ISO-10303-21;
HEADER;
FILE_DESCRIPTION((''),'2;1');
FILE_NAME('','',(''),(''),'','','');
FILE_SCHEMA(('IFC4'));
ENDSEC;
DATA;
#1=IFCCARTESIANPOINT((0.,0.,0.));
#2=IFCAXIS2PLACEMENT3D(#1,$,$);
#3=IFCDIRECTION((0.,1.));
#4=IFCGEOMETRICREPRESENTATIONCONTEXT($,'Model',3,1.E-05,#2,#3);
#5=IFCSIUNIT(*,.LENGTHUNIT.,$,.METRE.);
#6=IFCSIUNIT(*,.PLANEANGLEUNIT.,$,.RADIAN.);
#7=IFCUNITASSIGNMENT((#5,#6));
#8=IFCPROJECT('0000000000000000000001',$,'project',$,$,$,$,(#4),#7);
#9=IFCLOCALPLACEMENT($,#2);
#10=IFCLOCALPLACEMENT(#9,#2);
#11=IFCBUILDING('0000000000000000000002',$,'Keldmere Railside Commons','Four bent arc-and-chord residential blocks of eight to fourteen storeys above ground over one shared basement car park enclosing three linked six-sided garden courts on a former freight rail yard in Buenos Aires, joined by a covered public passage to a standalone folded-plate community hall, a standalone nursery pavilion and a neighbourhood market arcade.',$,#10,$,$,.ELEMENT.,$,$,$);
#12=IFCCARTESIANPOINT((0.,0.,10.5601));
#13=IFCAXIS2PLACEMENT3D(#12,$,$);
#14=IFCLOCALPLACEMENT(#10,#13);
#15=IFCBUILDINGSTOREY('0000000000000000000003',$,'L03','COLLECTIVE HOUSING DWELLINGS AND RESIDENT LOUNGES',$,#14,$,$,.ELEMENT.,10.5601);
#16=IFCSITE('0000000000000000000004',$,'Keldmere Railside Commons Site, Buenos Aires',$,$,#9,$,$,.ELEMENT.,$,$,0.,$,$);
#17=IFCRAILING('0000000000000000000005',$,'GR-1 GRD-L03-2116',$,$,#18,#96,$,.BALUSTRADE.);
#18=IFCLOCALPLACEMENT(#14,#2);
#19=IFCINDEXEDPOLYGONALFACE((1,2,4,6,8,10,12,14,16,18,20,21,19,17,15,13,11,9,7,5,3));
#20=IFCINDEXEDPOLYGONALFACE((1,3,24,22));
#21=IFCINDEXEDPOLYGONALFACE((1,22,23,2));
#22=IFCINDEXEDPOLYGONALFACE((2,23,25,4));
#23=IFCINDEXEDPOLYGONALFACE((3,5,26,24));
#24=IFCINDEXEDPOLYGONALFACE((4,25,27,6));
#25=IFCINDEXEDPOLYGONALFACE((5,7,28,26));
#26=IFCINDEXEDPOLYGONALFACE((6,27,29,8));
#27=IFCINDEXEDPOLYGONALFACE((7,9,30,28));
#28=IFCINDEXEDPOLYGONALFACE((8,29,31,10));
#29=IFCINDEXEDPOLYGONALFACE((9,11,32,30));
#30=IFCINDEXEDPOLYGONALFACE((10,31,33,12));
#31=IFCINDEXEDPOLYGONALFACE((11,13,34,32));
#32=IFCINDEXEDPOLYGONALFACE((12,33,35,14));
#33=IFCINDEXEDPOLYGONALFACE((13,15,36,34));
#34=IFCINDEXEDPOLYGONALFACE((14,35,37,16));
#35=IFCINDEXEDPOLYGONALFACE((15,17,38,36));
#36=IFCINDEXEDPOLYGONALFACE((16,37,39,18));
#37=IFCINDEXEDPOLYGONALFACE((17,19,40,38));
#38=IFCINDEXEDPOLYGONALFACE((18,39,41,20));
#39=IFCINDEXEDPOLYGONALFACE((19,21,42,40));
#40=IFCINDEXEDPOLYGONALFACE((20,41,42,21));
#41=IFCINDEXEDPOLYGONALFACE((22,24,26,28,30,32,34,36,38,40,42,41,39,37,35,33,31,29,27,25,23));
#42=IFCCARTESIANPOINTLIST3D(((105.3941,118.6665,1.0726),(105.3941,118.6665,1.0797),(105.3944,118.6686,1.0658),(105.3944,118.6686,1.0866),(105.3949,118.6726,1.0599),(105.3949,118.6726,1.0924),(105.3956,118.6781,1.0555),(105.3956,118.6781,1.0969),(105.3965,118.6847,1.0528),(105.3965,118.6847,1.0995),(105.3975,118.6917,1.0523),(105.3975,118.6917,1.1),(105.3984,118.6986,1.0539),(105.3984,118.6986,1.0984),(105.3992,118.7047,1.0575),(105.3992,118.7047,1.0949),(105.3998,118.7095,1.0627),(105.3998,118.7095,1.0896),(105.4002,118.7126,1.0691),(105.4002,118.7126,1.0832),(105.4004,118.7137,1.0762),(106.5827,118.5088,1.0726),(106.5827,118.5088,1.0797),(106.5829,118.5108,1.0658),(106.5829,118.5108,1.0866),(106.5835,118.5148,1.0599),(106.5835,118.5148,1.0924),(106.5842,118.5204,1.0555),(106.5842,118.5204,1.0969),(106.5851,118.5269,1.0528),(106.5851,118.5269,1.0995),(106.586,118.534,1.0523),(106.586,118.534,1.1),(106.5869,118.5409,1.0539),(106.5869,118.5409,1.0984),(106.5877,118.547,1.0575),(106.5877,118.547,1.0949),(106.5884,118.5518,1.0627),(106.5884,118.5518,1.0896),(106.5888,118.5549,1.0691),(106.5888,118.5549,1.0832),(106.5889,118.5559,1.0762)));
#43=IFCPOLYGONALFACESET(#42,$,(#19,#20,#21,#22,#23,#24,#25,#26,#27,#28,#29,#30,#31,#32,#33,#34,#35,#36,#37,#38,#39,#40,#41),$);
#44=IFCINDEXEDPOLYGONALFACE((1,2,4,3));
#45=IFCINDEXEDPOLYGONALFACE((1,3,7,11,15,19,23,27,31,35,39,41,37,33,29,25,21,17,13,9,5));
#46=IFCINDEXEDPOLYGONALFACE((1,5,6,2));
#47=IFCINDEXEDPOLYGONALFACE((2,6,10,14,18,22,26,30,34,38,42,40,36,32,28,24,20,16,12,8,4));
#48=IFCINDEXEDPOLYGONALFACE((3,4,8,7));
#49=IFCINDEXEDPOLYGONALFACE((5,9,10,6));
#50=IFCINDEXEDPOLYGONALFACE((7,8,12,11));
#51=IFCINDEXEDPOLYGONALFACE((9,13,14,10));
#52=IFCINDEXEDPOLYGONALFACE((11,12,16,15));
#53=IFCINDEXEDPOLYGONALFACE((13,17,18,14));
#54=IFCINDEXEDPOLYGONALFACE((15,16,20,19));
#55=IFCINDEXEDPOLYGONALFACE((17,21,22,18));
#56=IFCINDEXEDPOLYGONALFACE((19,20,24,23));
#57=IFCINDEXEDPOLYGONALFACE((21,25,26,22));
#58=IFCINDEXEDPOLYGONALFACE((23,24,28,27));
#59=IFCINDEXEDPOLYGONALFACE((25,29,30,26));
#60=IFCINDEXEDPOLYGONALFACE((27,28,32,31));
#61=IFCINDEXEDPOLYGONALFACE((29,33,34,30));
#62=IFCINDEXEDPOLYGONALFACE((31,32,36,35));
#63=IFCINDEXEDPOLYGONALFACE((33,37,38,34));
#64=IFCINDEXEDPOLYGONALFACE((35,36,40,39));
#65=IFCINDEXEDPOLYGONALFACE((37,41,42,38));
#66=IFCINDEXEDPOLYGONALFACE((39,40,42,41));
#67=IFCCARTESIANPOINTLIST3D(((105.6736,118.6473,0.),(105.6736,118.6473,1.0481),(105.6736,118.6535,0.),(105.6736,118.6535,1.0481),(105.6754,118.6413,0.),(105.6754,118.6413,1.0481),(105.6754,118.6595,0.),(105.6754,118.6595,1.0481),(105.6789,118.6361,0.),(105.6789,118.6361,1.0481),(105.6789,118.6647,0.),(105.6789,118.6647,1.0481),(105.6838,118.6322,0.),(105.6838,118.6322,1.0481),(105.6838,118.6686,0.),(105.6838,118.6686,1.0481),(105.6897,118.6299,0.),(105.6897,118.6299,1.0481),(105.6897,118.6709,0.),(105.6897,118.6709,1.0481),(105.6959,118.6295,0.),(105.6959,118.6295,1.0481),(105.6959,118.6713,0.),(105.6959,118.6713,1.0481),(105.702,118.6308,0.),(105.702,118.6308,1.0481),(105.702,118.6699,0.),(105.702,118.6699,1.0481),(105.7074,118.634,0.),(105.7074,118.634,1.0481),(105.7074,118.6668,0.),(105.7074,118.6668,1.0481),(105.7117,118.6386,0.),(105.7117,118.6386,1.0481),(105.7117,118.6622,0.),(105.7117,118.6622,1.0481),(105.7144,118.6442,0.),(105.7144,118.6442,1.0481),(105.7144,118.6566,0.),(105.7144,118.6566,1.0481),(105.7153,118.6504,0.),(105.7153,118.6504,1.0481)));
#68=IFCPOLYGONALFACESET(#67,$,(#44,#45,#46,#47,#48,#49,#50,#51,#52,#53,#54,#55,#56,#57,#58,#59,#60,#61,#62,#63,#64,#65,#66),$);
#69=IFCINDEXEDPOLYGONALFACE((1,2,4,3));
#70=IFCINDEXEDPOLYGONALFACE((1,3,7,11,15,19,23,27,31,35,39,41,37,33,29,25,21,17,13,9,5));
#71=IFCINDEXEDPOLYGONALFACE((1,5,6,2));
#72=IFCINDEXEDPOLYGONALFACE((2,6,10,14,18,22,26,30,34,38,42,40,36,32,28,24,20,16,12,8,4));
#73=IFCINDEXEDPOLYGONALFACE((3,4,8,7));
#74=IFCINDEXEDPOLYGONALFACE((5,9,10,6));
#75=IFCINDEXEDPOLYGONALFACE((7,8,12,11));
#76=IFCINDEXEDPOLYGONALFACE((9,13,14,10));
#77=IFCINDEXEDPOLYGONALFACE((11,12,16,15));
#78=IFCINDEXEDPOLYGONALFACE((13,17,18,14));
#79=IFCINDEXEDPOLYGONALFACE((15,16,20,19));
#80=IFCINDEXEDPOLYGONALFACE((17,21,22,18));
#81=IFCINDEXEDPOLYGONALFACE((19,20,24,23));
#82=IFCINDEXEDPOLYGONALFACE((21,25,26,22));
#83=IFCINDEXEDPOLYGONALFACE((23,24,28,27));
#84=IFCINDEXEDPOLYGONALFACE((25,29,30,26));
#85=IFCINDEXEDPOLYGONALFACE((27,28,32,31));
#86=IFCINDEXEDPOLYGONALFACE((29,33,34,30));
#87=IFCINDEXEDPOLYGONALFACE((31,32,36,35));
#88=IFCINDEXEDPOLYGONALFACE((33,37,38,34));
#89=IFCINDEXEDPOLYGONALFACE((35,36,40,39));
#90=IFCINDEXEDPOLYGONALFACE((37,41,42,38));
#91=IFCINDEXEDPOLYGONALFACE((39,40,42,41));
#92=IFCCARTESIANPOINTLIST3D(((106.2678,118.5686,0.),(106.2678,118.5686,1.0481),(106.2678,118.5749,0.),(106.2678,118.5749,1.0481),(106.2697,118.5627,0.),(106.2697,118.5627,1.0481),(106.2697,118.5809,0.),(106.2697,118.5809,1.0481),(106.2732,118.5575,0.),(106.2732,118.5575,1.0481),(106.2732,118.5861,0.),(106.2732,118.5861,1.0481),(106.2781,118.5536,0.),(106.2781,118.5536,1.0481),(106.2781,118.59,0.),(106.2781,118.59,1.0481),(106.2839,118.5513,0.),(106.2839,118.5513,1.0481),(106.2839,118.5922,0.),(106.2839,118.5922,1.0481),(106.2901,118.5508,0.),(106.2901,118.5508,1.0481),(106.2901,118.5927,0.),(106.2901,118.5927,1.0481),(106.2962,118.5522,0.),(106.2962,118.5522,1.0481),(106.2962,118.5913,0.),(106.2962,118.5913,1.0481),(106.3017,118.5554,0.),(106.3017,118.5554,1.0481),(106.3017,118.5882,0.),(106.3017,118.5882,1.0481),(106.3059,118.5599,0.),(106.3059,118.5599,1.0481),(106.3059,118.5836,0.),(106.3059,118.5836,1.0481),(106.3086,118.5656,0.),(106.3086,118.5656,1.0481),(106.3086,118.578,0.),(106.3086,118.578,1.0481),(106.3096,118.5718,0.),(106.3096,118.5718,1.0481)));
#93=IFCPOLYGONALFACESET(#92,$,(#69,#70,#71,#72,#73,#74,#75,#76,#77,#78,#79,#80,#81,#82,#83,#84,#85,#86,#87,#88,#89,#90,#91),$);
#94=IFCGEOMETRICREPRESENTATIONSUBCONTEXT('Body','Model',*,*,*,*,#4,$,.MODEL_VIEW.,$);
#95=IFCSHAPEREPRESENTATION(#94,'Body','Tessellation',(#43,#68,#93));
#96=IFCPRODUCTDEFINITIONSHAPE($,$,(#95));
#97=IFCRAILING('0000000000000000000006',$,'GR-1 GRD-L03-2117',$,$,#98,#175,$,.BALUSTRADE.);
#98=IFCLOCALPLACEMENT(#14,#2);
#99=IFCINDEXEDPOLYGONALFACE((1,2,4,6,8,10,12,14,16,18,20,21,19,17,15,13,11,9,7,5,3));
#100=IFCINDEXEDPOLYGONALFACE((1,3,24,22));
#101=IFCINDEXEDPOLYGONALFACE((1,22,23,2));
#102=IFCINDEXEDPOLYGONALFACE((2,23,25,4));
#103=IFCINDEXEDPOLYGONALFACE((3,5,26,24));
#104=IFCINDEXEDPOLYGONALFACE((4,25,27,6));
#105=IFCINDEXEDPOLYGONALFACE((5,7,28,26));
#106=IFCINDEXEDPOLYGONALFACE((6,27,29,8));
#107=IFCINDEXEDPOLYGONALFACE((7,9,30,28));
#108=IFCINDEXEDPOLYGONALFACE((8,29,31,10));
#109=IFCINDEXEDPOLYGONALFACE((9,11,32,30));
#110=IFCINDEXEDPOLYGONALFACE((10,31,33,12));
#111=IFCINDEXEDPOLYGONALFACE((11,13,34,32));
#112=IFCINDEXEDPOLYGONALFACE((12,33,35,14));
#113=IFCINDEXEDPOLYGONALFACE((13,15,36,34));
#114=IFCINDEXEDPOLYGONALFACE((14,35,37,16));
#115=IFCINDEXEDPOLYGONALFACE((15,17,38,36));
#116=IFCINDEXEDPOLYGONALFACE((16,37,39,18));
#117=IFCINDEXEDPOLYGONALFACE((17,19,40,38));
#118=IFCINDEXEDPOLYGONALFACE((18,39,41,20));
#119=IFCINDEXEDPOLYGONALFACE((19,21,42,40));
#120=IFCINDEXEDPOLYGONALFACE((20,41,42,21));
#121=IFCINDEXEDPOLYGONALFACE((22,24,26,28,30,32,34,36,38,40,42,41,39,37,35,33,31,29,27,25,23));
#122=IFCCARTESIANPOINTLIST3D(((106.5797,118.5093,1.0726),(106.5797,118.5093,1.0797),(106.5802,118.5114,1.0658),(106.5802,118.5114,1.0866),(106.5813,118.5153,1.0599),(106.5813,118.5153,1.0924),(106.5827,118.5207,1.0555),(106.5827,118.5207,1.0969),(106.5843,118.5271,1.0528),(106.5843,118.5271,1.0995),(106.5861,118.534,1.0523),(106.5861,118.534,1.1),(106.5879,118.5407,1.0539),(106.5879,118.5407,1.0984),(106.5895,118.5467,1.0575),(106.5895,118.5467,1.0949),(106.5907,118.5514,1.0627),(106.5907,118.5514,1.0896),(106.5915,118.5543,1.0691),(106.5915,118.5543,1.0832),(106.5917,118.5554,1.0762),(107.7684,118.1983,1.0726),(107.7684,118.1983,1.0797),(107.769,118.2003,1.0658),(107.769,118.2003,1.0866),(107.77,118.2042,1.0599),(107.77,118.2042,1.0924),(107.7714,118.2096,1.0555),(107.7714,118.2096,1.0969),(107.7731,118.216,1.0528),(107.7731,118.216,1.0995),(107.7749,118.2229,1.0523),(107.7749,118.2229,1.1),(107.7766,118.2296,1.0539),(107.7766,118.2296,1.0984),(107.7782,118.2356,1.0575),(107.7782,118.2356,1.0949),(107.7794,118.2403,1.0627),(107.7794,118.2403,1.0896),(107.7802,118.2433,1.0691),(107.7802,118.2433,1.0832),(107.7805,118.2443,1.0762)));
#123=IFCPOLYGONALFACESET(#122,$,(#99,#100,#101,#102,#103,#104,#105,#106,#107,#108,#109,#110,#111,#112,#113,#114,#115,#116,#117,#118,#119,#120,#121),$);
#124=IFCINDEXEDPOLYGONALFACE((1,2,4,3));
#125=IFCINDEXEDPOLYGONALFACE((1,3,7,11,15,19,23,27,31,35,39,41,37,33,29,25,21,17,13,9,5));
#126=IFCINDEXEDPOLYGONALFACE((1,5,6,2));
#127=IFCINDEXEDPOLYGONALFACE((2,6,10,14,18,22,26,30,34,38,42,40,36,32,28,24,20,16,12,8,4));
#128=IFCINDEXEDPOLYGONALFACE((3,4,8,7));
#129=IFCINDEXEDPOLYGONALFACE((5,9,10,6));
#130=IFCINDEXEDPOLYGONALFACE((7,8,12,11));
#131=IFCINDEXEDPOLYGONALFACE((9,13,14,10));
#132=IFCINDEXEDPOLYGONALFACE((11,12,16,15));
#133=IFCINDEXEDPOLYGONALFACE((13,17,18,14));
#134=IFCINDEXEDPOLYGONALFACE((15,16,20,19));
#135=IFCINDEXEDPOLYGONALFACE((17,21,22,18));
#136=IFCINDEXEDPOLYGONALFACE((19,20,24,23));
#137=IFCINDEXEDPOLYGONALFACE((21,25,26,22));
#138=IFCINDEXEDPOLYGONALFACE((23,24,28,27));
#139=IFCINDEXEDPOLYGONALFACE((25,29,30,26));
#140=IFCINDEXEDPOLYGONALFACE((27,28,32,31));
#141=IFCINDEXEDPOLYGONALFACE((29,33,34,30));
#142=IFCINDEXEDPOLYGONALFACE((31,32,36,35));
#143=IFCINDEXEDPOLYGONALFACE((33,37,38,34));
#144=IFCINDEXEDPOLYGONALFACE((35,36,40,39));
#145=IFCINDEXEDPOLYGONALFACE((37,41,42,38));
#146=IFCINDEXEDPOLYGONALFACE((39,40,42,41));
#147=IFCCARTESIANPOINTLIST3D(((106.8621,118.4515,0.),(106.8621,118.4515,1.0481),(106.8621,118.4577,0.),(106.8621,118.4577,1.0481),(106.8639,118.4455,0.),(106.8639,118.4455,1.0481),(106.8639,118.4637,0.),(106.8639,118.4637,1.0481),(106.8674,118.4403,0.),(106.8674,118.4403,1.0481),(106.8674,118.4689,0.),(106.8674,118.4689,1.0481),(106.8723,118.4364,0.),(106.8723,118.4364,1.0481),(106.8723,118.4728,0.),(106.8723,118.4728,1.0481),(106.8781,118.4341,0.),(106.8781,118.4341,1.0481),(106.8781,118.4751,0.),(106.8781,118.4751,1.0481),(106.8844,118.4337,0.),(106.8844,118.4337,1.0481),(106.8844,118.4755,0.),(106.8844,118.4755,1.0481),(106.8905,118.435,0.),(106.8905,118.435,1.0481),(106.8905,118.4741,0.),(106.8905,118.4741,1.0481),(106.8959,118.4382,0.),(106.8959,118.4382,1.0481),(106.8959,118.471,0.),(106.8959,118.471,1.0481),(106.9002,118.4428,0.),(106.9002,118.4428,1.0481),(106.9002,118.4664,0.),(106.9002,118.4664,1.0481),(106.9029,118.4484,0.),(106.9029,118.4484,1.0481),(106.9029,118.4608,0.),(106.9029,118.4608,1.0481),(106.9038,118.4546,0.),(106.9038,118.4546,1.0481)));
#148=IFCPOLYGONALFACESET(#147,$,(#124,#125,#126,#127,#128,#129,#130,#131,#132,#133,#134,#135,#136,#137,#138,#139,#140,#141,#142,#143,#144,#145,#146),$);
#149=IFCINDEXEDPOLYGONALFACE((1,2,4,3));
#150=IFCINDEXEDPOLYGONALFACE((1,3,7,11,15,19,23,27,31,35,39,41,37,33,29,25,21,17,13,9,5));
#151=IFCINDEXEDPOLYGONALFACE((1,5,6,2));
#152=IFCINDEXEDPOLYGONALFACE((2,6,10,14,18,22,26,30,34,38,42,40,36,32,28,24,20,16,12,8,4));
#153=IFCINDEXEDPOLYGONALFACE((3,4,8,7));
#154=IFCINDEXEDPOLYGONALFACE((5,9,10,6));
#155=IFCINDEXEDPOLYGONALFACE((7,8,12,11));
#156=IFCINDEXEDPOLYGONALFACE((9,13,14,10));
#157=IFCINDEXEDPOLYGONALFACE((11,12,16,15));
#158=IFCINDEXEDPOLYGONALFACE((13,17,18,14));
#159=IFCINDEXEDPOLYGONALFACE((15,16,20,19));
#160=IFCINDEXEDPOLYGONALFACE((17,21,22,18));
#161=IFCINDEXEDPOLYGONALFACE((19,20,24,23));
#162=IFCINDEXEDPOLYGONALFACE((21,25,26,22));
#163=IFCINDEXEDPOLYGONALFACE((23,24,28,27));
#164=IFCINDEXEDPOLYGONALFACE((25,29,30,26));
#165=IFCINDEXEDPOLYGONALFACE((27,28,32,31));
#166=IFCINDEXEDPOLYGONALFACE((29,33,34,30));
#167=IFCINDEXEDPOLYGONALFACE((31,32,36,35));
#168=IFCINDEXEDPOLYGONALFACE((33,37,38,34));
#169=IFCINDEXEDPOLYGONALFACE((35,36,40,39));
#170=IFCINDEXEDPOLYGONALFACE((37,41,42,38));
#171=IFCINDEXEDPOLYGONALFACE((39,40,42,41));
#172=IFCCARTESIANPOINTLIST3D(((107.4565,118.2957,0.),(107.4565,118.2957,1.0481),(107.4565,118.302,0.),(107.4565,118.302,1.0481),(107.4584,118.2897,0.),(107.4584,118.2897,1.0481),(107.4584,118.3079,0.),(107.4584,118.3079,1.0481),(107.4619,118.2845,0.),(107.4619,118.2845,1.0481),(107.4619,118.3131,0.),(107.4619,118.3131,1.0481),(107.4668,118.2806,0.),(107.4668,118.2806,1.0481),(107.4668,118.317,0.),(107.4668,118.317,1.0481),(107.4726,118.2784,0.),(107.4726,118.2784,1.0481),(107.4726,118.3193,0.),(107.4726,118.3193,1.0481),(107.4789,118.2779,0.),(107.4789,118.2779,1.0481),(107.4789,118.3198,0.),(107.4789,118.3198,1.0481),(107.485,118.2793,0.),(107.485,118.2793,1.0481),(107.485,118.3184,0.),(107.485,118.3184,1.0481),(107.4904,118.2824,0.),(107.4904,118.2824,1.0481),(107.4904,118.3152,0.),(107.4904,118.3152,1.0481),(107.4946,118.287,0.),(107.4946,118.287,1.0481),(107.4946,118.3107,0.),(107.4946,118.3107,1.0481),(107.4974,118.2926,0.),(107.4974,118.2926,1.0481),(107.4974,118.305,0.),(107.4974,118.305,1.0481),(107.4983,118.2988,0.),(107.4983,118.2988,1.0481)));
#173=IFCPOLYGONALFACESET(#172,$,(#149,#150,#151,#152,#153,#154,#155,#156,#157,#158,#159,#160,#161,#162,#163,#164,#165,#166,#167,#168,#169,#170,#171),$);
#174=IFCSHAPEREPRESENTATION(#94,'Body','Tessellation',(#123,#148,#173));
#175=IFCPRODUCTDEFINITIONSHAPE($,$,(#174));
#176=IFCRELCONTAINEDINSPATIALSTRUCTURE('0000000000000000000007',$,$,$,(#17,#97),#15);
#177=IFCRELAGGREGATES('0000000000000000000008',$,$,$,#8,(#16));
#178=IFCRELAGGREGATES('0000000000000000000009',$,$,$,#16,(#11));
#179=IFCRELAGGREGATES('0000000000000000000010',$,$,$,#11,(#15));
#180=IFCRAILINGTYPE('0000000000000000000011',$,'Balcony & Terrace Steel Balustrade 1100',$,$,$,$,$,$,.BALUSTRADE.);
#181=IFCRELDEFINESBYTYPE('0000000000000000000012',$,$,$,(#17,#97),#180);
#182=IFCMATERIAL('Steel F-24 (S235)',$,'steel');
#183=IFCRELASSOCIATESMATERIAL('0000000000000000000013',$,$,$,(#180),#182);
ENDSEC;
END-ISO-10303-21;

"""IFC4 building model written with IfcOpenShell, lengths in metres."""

from ifc_helpers import new_model, si_unit, direction, frame, origin, origin_2d, place, context, subcontext, project, spatial, circle, extrude, material, type_object, element, save


model = new_model("IFC4")

# Units and contexts
model_context = context("Model", 3, precision=1e-05, world=origin(), true_north=direction((0.0, 1.0)))
body_context = subcontext(model_context, "Body", "Model", "MODEL_VIEW")
ifc_project = project(units=[si_unit("LENGTHUNIT", "METRE"), si_unit("PLANEANGLEUNIT", "RADIAN")], contexts=[model_context])

# Site, building, storey
site_placement = place(None, origin())
site = spatial("IfcSite", under=ifc_project, at=site_placement, Name="Keldmere Railside Commons Site, Buenos Aires", CompositionType="ELEMENT", RefElevation=0.0)
building_placement = place(site_placement, origin())
building = spatial("IfcBuilding", under=site, at=building_placement, Name="Keldmere Railside Commons", Description="Four bent arc-and-chord residential blocks of eight to fourteen storeys above ground over one shared basement car park enclosing three linked six-sided garden courts on a former freight rail yard in Buenos Aires, joined by a covered public passage to a standalone folded-plate community hall, a standalone nursery pavilion and a neighbourhood market arcade.", CompositionType="ELEMENT")
storey_placement = place(building_placement, frame((0.0, 0.0, 10.5601)))
storey = spatial("IfcBuildingStorey", under=building, at=storey_placement, Name="L03", Description="COLLECTIVE HOUSING DWELLINGS AND RESIDENT LOUNGES", CompositionType="ELEMENT", Elevation=10.5601)

# Railings
ifc_material_1 = material(Name="Steel F-24 (S235)", Category="steel")
railing_type = type_object("IfcRailingType", Name="Balcony & Terrace Steel Balustrade 1100", PredefinedType="BALUSTRADE", material=ifc_material_1)
railing_1_placement = place(storey_placement, frame((105.3972, 118.6899, 0.0)))
element("IfcRailing", 1, at=railing_1_placement, inside=storey, type_object=railing_type, Name="GR-1 GRD-L03-2116", PredefinedType="BALUSTRADE", context=body_context, shape_type="SweptSolid", body=[
    extrude(circle(Radius=0.0239, at=origin_2d()), frame((0.0, 0.0, 1.0762), z_axis=(0.99131, -0.13155, 0.0), x_axis=(0.13155, 0.99131, 0.0)), (0.0, 0.0, 1.0), 1.199),
    extrude(circle(Radius=0.021, at=origin_2d()), frame((0.2971, -0.0396, 0.0)), (0.0, 0.0, 1.0), 1.0481),
    extrude(circle(Radius=0.021, at=origin_2d()), frame((0.8914, -0.1182, 0.0)), (0.0, 0.0, 1.0), 1.0481),
])
railing_2_placement = place(storey_placement, frame((106.5857, 118.5322, 0.0)))
element("IfcRailing", 2, at=railing_2_placement, inside=storey, type_object=railing_type, Name="GR-1 GRD-L03-2117", PredefinedType="BALUSTRADE", context=body_context, shape_type="SweptSolid", body=[
    extrude(circle(Radius=0.0239, at=origin_2d()), frame((0.0, 0.0, 1.0762), z_axis=(0.967431, -0.253134, 0.0), x_axis=(0.253134, 0.967431, 0.0)), (0.0, 0.0, 1.0), 1.2288),
    extrude(circle(Radius=0.021, at=origin_2d()), frame((0.2971, -0.0776, 0.0)), (0.0, 0.0, 1.0), 1.0481),
    extrude(circle(Radius=0.021, at=origin_2d()), frame((0.8916, -0.2334, 0.0)), (0.0, 0.0, 1.0), 1.0481),
])

save(model, "model.ifc")
